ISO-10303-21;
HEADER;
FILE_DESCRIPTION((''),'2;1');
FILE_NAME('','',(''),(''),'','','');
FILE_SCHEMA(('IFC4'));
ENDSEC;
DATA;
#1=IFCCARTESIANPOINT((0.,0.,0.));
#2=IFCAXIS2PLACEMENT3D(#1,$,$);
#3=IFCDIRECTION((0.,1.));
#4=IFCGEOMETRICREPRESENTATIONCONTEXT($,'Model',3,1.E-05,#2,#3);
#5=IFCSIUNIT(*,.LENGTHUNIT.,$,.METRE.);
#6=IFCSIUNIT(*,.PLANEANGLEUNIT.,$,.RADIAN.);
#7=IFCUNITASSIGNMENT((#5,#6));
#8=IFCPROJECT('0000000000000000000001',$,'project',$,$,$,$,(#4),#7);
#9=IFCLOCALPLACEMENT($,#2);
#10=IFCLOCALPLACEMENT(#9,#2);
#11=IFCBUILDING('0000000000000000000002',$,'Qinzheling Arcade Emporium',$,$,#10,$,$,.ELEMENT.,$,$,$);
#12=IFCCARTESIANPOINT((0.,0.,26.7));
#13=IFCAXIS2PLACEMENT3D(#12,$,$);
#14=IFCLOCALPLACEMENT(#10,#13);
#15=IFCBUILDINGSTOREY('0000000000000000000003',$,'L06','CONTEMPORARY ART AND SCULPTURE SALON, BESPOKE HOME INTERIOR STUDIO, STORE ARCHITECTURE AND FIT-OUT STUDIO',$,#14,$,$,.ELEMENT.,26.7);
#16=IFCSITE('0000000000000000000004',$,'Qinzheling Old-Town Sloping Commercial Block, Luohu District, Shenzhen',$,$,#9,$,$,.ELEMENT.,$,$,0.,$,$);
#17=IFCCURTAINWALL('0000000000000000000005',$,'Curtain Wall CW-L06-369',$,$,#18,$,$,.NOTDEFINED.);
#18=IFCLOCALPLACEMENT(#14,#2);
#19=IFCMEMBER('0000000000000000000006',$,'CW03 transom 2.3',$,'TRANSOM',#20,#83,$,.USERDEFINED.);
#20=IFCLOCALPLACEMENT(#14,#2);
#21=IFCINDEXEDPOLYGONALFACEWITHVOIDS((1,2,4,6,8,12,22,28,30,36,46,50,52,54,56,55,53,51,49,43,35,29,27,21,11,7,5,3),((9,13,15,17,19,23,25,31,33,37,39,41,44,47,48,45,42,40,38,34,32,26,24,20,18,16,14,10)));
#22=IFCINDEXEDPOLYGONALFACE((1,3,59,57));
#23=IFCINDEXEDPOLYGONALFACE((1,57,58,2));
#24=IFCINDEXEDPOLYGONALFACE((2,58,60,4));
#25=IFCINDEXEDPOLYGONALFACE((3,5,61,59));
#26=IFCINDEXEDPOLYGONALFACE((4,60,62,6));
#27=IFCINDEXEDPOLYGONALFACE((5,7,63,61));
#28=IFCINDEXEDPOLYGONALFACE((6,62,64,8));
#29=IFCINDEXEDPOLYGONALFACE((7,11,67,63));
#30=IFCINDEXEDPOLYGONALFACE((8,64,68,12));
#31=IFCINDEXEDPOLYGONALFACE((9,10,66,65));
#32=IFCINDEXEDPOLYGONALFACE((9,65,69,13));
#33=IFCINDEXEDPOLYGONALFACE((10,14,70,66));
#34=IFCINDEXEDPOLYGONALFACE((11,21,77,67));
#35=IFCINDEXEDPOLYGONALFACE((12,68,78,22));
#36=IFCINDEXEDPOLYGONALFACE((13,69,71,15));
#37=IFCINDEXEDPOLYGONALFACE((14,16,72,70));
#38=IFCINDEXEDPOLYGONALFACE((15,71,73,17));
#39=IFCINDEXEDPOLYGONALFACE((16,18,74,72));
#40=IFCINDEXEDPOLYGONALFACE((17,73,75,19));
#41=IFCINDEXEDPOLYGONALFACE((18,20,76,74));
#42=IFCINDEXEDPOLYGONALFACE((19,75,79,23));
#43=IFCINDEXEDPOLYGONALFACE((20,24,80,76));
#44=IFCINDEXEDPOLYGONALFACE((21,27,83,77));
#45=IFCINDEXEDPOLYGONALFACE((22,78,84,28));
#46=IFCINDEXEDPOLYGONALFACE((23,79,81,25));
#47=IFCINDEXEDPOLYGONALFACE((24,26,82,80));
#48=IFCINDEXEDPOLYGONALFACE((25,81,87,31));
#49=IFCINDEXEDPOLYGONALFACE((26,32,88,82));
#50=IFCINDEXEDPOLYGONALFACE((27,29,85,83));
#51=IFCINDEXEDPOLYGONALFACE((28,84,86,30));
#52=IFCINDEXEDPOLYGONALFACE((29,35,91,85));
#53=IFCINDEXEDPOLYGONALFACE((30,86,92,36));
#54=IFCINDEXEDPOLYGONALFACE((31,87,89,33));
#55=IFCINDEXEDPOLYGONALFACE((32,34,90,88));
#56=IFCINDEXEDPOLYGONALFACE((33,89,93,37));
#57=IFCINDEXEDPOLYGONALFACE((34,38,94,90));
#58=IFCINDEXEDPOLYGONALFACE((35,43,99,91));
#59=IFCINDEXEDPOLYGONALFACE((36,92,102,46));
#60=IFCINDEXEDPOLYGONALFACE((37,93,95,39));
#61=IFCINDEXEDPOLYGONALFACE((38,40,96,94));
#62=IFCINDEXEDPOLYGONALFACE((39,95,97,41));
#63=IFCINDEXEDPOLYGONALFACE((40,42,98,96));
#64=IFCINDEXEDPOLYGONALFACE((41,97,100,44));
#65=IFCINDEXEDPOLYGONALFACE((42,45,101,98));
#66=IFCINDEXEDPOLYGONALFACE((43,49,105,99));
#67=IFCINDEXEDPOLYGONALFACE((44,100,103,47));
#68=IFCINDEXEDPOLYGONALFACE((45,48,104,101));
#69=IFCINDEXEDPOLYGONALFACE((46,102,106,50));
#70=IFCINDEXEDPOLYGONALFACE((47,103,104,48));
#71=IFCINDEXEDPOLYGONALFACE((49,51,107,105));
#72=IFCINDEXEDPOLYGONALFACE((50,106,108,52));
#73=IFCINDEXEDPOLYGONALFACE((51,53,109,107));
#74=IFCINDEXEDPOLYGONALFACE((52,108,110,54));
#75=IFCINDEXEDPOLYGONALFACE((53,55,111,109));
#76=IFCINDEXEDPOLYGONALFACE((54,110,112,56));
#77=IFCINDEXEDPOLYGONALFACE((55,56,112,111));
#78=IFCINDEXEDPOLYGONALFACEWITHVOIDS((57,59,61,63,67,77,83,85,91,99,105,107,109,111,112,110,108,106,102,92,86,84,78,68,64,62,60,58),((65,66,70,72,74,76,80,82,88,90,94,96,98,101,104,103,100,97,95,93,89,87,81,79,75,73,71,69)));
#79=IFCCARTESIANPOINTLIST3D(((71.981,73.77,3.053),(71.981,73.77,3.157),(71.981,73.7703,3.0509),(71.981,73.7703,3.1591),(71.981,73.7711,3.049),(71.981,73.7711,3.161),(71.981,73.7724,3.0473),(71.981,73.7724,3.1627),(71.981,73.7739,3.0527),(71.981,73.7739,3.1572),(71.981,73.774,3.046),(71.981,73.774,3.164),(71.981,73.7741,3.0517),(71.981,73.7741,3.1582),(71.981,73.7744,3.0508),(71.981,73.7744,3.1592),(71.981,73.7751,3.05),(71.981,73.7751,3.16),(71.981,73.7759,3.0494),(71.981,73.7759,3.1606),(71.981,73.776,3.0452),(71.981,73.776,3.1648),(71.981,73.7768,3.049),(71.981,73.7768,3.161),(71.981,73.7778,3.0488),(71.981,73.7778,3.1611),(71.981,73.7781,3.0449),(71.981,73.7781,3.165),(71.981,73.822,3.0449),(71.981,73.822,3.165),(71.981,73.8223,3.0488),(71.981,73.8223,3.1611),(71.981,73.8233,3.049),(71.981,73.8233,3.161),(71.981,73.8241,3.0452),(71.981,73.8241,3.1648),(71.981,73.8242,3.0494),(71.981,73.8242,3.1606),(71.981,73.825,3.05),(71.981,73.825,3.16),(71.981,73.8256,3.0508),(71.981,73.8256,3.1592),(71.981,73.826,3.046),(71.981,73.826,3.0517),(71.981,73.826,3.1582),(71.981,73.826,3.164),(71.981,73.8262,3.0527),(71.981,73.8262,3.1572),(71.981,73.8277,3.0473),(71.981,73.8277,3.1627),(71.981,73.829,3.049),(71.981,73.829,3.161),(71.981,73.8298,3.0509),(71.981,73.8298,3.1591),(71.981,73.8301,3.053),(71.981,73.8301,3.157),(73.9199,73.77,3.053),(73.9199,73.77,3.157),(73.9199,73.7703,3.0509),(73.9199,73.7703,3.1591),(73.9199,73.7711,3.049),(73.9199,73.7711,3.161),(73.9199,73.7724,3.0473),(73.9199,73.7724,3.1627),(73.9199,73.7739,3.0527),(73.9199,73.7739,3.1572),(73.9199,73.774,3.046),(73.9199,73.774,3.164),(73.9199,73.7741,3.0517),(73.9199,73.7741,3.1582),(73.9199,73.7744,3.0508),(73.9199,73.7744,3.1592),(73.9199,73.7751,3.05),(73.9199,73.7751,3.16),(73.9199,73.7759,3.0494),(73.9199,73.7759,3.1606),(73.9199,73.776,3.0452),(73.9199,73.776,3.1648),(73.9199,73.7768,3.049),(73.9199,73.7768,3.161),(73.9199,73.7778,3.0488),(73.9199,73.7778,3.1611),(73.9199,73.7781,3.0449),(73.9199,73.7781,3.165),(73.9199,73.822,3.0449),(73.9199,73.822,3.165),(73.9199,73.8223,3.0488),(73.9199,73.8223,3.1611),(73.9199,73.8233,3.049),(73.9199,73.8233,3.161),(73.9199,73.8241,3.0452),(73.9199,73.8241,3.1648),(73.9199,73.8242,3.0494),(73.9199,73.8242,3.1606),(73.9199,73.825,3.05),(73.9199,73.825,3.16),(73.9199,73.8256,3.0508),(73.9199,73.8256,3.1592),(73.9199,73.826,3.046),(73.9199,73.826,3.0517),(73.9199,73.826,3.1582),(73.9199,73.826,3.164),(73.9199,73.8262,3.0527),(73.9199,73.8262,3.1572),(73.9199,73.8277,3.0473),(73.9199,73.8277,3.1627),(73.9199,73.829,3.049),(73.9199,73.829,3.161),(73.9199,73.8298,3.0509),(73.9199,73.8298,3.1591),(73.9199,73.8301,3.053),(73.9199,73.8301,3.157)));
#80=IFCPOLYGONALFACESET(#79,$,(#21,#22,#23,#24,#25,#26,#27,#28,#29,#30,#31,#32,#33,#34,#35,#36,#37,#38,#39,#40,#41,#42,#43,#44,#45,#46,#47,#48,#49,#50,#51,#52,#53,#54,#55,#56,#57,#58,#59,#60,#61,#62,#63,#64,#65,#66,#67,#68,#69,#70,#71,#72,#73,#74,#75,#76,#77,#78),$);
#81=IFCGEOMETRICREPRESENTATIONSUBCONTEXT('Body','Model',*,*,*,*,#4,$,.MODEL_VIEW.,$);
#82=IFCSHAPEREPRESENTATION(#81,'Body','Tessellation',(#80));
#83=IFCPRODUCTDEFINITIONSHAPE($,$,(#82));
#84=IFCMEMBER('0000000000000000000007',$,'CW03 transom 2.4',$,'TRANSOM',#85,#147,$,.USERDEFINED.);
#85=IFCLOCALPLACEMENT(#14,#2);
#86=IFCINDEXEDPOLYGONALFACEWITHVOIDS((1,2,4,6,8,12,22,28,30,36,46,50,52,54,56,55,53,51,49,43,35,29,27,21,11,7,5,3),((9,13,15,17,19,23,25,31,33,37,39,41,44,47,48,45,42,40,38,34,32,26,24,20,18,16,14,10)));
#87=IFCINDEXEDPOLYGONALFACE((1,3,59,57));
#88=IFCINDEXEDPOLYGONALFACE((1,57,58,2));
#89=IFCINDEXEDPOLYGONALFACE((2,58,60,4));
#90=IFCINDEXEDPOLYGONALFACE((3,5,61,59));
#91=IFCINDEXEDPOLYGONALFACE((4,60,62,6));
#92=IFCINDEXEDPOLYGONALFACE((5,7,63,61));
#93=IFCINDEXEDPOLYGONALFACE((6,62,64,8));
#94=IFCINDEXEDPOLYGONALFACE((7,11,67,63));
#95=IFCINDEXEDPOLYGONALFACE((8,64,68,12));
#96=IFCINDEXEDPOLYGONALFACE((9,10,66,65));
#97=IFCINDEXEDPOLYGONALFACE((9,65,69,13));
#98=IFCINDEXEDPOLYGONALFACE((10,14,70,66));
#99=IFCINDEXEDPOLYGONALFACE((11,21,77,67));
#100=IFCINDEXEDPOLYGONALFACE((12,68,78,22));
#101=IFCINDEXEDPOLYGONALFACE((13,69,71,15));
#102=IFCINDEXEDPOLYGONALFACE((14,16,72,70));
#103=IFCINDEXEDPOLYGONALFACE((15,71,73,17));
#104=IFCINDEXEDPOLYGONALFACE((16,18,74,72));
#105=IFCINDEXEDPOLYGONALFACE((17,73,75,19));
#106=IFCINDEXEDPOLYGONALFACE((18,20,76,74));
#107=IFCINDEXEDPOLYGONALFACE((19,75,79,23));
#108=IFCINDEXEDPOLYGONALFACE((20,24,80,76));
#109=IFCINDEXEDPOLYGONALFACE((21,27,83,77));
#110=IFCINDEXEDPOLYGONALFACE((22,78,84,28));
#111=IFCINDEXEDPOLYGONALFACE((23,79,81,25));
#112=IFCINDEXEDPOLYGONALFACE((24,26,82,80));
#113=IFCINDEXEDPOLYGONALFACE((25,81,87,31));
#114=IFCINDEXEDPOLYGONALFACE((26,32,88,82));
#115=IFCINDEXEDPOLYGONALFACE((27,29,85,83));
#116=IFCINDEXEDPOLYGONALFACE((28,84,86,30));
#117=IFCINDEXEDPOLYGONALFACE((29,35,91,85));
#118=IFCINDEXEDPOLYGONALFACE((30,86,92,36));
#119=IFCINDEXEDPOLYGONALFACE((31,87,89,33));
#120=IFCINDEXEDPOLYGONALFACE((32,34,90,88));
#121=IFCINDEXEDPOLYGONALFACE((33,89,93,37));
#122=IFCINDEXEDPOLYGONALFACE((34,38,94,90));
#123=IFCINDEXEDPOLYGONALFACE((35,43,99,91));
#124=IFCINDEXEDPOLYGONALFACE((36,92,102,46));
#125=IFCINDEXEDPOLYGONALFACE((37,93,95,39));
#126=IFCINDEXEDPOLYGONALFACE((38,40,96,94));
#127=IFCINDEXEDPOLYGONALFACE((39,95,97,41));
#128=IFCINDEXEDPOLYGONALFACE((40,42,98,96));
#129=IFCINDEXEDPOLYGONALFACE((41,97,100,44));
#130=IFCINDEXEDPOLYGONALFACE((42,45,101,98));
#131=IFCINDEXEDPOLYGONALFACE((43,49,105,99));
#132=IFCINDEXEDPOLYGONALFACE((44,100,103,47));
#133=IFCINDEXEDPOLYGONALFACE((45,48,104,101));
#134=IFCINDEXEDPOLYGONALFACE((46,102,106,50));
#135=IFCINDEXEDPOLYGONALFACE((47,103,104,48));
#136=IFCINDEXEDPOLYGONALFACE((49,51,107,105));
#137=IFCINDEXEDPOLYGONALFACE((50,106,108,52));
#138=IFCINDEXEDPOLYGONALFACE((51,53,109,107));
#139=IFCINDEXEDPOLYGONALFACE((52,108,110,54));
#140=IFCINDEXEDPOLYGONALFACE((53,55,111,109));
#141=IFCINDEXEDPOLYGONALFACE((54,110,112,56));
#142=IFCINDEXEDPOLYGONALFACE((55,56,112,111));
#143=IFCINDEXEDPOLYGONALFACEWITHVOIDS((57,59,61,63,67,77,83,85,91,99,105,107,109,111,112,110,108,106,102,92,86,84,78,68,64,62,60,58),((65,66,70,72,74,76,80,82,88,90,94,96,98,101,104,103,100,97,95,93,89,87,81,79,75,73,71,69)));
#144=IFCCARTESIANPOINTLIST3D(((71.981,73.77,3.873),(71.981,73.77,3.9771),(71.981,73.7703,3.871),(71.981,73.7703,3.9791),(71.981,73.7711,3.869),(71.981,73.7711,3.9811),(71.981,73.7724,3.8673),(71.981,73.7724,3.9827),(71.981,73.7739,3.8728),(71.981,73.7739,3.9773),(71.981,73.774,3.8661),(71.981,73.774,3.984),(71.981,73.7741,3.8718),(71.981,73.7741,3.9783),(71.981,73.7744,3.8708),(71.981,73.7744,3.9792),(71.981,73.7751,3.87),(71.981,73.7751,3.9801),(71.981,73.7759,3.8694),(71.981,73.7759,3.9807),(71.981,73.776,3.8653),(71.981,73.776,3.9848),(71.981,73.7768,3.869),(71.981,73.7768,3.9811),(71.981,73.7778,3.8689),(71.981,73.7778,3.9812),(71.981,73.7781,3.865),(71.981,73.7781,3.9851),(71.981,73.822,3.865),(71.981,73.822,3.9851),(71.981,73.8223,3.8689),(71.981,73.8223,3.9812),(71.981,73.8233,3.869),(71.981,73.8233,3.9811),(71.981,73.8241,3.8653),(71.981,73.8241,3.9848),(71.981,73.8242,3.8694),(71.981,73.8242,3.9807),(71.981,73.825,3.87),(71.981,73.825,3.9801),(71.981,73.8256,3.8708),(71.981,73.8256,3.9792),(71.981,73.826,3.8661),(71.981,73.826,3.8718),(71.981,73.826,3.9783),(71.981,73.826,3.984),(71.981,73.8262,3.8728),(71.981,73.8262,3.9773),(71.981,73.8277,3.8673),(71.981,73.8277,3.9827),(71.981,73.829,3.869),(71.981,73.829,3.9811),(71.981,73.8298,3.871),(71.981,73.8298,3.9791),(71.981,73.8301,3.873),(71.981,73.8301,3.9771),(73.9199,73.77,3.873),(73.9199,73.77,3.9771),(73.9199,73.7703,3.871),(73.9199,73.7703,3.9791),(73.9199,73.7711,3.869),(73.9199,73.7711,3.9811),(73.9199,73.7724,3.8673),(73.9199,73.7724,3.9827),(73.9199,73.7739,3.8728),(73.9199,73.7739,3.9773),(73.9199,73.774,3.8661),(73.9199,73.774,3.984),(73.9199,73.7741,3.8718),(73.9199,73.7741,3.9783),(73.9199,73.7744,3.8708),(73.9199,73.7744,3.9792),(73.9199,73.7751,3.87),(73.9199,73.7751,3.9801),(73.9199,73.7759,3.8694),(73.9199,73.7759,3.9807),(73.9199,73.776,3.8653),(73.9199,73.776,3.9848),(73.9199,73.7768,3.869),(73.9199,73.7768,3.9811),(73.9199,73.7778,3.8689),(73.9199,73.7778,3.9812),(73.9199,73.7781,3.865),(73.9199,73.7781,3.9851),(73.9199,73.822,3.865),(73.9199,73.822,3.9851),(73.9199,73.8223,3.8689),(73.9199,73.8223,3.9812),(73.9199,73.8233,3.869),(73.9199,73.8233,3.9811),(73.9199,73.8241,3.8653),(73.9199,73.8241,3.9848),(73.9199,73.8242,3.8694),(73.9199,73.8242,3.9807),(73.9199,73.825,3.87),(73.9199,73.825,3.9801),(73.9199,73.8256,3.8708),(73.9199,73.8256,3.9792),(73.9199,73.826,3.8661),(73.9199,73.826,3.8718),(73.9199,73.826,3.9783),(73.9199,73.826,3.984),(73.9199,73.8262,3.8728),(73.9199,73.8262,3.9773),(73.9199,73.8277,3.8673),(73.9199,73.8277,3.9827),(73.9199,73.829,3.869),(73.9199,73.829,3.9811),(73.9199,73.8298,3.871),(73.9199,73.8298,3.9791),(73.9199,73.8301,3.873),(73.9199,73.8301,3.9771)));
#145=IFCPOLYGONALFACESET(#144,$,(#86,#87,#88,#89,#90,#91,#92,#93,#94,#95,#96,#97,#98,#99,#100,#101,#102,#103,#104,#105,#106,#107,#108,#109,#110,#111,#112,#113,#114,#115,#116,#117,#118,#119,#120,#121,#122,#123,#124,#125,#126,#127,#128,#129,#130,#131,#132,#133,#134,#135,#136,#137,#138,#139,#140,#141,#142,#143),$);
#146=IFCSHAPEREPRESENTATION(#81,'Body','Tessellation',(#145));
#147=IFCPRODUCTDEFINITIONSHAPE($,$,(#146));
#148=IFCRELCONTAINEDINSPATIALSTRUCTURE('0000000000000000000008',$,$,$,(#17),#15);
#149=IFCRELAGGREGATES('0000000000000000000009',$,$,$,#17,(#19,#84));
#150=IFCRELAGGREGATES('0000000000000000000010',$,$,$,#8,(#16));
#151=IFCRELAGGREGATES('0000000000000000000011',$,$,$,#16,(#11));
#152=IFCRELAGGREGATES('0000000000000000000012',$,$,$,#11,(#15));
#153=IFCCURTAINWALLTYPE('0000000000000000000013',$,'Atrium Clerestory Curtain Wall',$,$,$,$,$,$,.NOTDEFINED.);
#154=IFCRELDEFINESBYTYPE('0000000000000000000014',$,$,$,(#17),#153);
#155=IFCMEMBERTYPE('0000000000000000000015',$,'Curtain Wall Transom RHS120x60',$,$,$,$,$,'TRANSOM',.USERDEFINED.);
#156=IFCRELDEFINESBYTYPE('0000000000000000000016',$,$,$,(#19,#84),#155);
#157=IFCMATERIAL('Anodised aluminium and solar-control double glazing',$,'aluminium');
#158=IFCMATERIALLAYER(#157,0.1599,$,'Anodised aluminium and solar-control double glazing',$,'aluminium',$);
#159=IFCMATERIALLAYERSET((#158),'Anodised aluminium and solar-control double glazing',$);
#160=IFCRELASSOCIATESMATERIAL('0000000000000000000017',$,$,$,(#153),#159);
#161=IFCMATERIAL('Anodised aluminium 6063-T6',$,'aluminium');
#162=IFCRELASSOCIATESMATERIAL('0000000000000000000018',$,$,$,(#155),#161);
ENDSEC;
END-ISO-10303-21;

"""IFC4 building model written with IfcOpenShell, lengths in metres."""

from ifc_helpers import new_model, si_unit, direction, frame, origin, origin_2d, place, context, subcontext, project, spatial, hollow_rectangle, extrude, material, layer, layer_set, material_profile, profile_set, type_object, element, aggregate, save


model = new_model("IFC4")

# Units and contexts
model_context = context("Model", 3, precision=1e-05, world=origin(), true_north=direction((0.0, 1.0)))
body_context = subcontext(model_context, "Body", "Model", "MODEL_VIEW")
ifc_project = project(units=[si_unit("LENGTHUNIT", "METRE"), si_unit("PLANEANGLEUNIT", "RADIAN")], contexts=[model_context])

# Site, building, storey
site_placement = place(None, origin())
site = spatial("IfcSite", under=ifc_project, at=site_placement, Name="Qinzheling Old-Town Sloping Commercial Block, Luohu District, Shenzhen", CompositionType="ELEMENT", RefElevation=0.0)
building_placement = place(site_placement, origin())
building = spatial("IfcBuilding", under=site, at=building_placement, Name="Qinzheling Arcade Emporium", CompositionType="ELEMENT")
storey_placement = place(building_placement, frame((0.0, 0.0, 26.7)))
storey = spatial("IfcBuildingStorey", under=building, at=storey_placement, Name="L06", Description="CONTEMPORARY ART AND SCULPTURE SALON, BESPOKE HOME INTERIOR STUDIO, STORE ARCHITECTURE AND FIT-OUT STUDIO", CompositionType="ELEMENT", Elevation=26.7)

# Curtain wall, members
ifc_material_1 = material(Name="Anodised aluminium and solar-control double glazing", Category="aluminium")
ifc_layer_1 = layer(ifc_material_1, 0.1599, Name="Anodised aluminium and solar-control double glazing", Category="aluminium")
ifc_layer_set_1 = layer_set([ifc_layer_1], Name="Anodised aluminium and solar-control double glazing")
curtain_wall_type = type_object("IfcCurtainWallType", Name="Atrium Clerestory Curtain Wall", PredefinedType="NOTDEFINED", material=ifc_layer_set_1)
curtain_wall_placement = place(storey_placement, origin())
curtain_wall = element("IfcCurtainWall", 1, at=curtain_wall_placement, inside=storey, type_object=curtain_wall_type, Name="Curtain Wall CW-L06-369", PredefinedType="NOTDEFINED")
ifc_material_2 = material(Name="Anodised aluminium 6063-T6", Category="aluminium")
ifc_material_profile_1 = material_profile(ifc_material_2, hollow_rectangle(XDim=0.0601, YDim=0.1201, WallThickness=0.0039, InnerFilletRadius=0.0039, OuterFilletRadius=0.0081, at=origin_2d()), Name="RHS 120x60x4", Category="aluminium")
ifc_profile_set_1 = profile_set([ifc_material_profile_1], Name="Anodised aluminium 6063-T6")
member_type_1 = type_object("IfcMemberType", Name="Curtain Wall Transom RHS120x60", ElementType="TRANSOM", PredefinedType="USERDEFINED", material=ifc_profile_set_1)
member_1_placement = place(storey_placement, frame((71.981, 73.8, 3.105), z_axis=(1.0, 0.0, 0.0), x_axis=(0.0, 1.0, 0.0)))
member_1 = element("IfcMember", 2, at=member_1_placement, type_object=member_type_1, Name="CW03 transom 2.3", ObjectType="TRANSOM", PredefinedType="USERDEFINED", context=body_context, shape_type="SweptSolid", body=[
    extrude(hollow_rectangle(XDim=0.0601, YDim=0.1201, WallThickness=0.0039, InnerFilletRadius=0.0039, OuterFilletRadius=0.0081, at=origin_2d()), origin(), (0.0, 0.0, 1.0), 1.939),
])
member_2_placement = place(storey_placement, frame((71.981, 73.8, 3.925), z_axis=(1.0, 0.0, 0.0), x_axis=(0.0, 1.0, 0.0)))
member_2 = element("IfcMember", 3, at=member_2_placement, type_object=member_type_1, Name="CW03 transom 2.4", ObjectType="TRANSOM", PredefinedType="USERDEFINED", context=body_context, shape_type="SweptSolid", body=[
    extrude(hollow_rectangle(XDim=0.0601, YDim=0.1201, WallThickness=0.0039, InnerFilletRadius=0.0039, OuterFilletRadius=0.0081, at=origin_2d()), origin(), (0.0, 0.0, 1.0), 1.939),
])
aggregate(curtain_wall, [member_1, member_2])

save(model, "model.ifc")
